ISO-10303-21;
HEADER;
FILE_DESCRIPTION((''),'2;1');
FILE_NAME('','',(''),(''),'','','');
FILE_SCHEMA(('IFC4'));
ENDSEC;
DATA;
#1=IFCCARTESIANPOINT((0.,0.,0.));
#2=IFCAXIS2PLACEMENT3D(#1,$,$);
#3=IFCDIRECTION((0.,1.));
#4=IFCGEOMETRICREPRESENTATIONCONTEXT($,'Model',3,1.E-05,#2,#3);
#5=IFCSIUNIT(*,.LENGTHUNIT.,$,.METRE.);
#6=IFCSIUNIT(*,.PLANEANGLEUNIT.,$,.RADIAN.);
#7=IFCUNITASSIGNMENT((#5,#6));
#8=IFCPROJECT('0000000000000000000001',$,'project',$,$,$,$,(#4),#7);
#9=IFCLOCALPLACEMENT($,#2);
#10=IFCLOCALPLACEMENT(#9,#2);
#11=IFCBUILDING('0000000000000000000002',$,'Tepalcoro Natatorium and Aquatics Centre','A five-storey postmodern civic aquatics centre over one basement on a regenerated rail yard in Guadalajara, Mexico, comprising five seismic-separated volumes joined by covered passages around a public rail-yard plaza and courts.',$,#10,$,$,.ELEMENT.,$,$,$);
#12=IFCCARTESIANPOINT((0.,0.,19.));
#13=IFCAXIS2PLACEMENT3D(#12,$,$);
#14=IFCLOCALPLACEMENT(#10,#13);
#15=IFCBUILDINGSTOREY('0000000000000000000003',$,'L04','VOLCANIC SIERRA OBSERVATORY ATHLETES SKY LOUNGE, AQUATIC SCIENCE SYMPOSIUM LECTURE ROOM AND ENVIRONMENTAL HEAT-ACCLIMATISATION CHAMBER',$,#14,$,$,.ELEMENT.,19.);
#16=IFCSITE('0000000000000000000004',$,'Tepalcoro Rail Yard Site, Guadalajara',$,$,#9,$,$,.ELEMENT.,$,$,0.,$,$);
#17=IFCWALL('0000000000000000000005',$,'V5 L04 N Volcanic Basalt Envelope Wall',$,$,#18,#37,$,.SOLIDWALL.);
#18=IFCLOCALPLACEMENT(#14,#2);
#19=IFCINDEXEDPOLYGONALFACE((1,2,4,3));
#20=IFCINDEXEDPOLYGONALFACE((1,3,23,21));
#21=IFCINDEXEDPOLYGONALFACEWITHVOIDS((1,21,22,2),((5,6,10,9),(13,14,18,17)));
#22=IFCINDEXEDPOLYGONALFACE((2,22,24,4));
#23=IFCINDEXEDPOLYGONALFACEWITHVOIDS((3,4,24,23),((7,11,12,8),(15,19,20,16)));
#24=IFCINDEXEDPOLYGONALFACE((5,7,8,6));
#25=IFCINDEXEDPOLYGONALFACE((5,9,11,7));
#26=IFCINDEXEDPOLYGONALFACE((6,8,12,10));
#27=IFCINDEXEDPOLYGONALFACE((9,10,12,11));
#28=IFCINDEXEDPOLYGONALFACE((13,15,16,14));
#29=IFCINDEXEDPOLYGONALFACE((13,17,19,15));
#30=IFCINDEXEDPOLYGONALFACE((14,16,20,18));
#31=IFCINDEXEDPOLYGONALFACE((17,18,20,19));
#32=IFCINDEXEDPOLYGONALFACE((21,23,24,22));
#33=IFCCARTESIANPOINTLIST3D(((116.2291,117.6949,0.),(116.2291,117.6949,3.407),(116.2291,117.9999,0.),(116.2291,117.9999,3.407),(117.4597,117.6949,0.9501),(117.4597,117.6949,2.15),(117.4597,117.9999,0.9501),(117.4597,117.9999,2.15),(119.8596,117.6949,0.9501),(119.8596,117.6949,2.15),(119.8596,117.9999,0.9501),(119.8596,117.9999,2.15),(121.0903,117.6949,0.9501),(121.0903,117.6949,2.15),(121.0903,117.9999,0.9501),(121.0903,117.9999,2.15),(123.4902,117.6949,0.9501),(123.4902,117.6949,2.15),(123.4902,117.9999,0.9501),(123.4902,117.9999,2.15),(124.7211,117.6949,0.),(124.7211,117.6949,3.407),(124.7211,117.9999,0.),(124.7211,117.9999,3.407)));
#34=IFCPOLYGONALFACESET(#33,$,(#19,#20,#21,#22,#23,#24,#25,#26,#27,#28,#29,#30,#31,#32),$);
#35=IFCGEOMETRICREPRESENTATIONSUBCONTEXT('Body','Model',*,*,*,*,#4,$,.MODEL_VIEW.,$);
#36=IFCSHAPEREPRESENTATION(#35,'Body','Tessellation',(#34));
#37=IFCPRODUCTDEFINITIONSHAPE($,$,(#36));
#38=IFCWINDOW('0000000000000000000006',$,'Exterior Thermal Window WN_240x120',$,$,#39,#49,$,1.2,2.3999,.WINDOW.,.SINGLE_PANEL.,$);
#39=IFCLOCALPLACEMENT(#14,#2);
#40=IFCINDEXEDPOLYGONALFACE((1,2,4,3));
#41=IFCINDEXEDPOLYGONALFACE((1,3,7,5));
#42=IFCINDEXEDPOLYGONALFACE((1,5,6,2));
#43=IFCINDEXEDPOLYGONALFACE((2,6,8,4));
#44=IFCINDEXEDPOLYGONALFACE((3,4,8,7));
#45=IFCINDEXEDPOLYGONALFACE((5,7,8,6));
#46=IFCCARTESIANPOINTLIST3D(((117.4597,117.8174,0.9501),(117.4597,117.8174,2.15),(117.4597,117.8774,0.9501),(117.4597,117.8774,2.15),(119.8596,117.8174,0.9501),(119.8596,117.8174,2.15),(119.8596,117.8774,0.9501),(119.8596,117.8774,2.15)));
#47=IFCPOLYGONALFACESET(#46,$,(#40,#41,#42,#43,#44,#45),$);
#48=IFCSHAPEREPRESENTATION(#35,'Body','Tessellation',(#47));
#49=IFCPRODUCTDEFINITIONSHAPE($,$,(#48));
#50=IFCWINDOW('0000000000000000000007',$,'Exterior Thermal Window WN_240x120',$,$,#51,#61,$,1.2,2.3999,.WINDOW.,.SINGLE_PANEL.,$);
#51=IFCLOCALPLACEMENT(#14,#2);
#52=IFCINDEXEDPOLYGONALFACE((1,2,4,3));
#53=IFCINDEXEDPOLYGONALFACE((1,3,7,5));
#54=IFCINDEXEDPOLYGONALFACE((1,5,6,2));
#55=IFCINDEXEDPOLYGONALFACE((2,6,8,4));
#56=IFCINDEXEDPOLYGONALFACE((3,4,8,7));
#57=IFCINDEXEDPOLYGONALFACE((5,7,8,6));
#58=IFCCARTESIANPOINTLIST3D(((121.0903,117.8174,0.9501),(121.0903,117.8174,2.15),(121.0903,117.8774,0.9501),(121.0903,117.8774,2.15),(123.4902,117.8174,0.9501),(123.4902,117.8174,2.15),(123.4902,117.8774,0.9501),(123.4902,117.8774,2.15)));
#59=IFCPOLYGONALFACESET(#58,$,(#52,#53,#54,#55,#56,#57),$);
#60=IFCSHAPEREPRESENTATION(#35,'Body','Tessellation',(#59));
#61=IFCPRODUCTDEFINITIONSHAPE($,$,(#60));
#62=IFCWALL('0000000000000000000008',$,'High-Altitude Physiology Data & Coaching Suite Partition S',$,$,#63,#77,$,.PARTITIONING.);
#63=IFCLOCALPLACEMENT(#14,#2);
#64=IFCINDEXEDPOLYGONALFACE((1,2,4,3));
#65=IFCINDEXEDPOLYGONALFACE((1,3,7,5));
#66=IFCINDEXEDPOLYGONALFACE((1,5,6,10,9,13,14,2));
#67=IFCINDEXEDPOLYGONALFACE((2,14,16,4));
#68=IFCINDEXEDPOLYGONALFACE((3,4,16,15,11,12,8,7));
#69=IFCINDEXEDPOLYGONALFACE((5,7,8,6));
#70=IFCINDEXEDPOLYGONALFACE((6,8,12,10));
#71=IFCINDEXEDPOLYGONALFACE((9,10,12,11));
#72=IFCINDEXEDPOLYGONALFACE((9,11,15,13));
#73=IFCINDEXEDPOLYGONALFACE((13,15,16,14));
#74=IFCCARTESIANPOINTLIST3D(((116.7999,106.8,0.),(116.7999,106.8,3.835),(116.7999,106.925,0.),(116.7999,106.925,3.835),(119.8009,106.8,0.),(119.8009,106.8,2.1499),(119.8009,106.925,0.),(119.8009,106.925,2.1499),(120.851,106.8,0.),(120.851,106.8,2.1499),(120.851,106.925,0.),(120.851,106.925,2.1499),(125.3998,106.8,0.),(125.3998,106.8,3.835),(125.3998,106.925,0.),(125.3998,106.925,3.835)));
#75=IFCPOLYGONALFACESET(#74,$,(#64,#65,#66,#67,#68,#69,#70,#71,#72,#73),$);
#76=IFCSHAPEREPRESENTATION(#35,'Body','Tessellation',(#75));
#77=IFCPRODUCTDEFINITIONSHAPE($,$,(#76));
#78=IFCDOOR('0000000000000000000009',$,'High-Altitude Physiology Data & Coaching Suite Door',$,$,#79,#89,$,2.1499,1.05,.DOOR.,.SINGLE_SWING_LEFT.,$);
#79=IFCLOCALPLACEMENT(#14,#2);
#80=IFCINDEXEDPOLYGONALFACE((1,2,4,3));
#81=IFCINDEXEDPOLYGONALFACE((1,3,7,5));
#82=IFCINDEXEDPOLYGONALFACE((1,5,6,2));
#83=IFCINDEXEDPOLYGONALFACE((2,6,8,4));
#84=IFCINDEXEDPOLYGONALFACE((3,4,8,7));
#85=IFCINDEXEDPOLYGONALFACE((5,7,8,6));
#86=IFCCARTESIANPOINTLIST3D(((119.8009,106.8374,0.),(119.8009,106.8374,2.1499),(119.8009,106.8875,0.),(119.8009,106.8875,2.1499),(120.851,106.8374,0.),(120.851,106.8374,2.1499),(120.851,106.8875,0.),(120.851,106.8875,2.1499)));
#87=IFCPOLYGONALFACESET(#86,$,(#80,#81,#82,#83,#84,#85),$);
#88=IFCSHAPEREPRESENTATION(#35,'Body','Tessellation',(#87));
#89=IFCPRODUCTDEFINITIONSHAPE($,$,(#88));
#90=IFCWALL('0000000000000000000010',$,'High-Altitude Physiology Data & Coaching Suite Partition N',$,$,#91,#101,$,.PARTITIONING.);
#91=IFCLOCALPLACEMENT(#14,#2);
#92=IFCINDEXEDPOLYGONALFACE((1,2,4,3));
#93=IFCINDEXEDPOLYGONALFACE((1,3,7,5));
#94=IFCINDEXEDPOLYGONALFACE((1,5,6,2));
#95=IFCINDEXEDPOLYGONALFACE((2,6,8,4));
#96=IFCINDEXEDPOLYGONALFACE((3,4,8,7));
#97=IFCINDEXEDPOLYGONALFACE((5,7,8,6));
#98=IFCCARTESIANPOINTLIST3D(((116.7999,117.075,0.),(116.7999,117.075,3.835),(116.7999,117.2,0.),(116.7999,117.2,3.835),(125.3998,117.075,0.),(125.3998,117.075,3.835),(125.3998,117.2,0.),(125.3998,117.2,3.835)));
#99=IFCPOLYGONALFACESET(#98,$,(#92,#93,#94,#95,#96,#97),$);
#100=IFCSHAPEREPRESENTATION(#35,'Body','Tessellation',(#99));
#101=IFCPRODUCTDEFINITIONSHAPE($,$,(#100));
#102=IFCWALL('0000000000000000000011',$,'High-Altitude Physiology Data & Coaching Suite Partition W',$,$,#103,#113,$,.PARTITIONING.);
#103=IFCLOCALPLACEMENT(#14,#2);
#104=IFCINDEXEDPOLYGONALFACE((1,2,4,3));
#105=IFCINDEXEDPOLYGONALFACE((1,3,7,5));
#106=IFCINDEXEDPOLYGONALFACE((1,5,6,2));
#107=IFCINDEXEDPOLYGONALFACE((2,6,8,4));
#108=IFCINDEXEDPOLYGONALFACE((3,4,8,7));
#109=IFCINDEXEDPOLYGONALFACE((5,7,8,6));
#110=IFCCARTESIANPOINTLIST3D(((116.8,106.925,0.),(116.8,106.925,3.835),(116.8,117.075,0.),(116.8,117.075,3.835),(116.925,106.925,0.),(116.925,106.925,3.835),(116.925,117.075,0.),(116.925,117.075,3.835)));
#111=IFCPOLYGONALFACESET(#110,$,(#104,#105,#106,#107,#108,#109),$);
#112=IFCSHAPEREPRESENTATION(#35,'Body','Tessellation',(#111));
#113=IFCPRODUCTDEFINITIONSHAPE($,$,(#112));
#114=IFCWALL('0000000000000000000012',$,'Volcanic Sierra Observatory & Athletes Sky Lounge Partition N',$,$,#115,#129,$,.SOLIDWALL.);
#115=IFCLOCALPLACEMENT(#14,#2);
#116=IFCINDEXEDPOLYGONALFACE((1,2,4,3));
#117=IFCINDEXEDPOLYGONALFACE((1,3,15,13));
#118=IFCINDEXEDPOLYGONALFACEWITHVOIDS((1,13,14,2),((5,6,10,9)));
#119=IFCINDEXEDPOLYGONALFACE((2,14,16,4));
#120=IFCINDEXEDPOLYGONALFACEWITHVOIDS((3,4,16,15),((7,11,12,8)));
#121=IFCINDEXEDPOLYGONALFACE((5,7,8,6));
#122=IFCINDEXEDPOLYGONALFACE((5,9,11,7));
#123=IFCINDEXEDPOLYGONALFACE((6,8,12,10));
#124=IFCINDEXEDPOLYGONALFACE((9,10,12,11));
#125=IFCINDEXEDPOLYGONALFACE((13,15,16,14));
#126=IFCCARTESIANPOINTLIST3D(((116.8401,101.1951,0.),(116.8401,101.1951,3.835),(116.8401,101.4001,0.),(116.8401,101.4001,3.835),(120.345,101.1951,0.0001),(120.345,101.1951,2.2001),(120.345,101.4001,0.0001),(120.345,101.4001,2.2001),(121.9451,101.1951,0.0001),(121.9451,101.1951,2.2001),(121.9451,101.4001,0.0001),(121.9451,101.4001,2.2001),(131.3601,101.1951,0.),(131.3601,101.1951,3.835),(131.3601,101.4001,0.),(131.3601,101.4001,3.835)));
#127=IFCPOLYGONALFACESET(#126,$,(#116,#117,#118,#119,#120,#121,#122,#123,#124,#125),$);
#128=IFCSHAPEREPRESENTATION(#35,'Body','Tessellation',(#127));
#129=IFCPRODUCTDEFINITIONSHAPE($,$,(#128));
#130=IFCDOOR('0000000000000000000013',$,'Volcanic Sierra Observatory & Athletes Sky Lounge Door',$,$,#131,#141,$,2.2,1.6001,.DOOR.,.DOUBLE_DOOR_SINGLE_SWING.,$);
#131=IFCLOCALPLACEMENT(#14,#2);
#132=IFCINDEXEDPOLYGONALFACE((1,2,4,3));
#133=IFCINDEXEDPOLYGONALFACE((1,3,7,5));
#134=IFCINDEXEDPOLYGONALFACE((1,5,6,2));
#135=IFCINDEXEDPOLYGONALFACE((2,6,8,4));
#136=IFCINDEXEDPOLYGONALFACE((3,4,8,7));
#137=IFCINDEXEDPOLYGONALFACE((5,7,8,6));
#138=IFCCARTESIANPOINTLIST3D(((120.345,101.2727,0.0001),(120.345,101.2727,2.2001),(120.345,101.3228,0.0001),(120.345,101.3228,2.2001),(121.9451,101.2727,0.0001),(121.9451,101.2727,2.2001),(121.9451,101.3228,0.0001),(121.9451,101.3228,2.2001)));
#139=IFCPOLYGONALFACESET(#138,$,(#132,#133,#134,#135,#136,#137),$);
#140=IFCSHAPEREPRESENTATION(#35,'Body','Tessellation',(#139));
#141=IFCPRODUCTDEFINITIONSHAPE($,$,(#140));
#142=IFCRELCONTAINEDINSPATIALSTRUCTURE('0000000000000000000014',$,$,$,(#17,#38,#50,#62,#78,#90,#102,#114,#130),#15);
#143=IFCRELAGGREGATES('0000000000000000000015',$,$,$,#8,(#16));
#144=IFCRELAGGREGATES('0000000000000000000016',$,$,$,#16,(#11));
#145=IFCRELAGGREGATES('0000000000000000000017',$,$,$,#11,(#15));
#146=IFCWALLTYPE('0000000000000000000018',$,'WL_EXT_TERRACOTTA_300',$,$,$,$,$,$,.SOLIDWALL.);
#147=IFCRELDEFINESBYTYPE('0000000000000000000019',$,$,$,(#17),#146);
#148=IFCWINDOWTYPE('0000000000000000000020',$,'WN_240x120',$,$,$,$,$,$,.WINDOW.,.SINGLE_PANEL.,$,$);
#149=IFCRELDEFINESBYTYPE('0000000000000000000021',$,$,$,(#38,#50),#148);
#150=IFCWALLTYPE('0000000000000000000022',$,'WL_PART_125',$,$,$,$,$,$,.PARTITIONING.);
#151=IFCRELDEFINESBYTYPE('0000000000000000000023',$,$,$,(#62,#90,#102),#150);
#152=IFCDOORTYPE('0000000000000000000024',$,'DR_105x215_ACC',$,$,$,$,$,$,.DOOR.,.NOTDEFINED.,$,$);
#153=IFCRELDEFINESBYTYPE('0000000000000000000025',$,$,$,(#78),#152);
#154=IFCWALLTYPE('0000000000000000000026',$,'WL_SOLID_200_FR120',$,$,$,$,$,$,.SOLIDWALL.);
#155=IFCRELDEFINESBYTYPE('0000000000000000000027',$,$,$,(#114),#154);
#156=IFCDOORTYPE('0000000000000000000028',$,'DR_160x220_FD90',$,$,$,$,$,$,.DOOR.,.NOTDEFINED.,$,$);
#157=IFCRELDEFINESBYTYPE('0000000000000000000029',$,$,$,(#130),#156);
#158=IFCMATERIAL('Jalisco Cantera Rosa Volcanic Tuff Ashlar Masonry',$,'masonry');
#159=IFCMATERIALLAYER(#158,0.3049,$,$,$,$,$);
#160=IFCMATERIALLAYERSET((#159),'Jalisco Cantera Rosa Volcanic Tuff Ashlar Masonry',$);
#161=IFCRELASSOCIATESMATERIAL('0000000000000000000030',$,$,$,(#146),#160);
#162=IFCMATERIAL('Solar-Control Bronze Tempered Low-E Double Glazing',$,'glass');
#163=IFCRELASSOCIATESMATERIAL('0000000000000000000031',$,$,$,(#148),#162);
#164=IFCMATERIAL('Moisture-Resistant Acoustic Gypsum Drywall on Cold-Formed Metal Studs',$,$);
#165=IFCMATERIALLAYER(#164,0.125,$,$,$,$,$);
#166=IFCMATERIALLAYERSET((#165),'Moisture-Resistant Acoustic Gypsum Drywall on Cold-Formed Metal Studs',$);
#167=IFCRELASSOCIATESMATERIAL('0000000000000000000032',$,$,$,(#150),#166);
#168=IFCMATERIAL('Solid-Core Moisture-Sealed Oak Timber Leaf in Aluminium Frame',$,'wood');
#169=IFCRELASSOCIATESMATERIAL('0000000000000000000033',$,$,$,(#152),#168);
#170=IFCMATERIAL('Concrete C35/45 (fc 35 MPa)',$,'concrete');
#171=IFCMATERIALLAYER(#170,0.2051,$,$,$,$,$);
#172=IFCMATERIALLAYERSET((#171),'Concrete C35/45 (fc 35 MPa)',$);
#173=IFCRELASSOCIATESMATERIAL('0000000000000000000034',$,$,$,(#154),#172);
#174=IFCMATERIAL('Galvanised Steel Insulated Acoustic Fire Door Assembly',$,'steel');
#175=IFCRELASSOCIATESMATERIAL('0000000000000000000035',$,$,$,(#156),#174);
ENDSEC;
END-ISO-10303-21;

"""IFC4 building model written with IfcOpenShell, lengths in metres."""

from ifc_helpers import new_model, si_unit, direction, frame, frame_2d, origin, place, context, subcontext, project, spatial, rectangle, extrude, material, layer, layer_set, type_object, element, fill, save


model = new_model("IFC4")

# Units and contexts
model_context = context("Model", 3, precision=1e-05, world=origin(), true_north=direction((0.0, 1.0)))
body_context = subcontext(model_context, "Body", "Model", "MODEL_VIEW")
ifc_project = project(units=[si_unit("LENGTHUNIT", "METRE"), si_unit("PLANEANGLEUNIT", "RADIAN")], contexts=[model_context])

# Site, building, storey
site_placement = place(None, origin())
site = spatial("IfcSite", under=ifc_project, at=site_placement, Name="Tepalcoro Rail Yard Site, Guadalajara", CompositionType="ELEMENT", RefElevation=0.0)
building_placement = place(site_placement, origin())
building = spatial("IfcBuilding", under=site, at=building_placement, Name="Tepalcoro Natatorium and Aquatics Centre", Description="A five-storey postmodern civic aquatics centre over one basement on a regenerated rail yard in Guadalajara, Mexico, comprising five seismic-separated volumes joined by covered passages around a public rail-yard plaza and courts.", CompositionType="ELEMENT")
storey_placement = place(building_placement, frame((0.0, 0.0, 19.0)))
storey = spatial("IfcBuildingStorey", under=building, at=storey_placement, Name="L04", Description="VOLCANIC SIERRA OBSERVATORY ATHLETES SKY LOUNGE, AQUATIC SCIENCE SYMPOSIUM LECTURE ROOM AND ENVIRONMENTAL HEAT-ACCLIMATISATION CHAMBER", CompositionType="ELEMENT", Elevation=19.0)

# Shared definitions
ifc_material_1 = material(Name="Solar-Control Bronze Tempered Low-E Double Glazing", Category="glass")
ifc_material_2 = material(Name="Jalisco Cantera Rosa Volcanic Tuff Ashlar Masonry", Category="masonry")

# Wall, openings, windows
ifc_layer_1 = layer(ifc_material_2, 0.3049)
ifc_layer_set_1 = layer_set([ifc_layer_1], Name="Jalisco Cantera Rosa Volcanic Tuff Ashlar Masonry")
wall_type_1 = type_object("IfcWallType", Name="WL_EXT_TERRACOTTA_300", PredefinedType="SOLIDWALL", material=ifc_layer_set_1)
wall_1_placement = place(storey_placement, frame((116.229, 117.8474, 0.0), z_axis=(0.0, 0.0, 1.0), x_axis=(1.0, 0.0, 0.0)))
wall_1 = element("IfcWall", 1, at=wall_1_placement, inside=storey, type_object=wall_type_1, Name="V5 L04 N Volcanic Basalt Envelope Wall", PredefinedType="SOLIDWALL", context=body_context, shape_type="SweptSolid", body=[
    extrude(rectangle(XDim=8.4919, YDim=0.3049, at=frame_2d((4.2461, 0.0))), origin(), (0.0, 0.0, 1.0), 3.407),
])
opening_1_placement = place(wall_1_placement, frame((1.2307, 0.0, 0.95)))
opening_1 = element("IfcOpeningElement", 2, at=opening_1_placement, cuts=wall_1, PredefinedType="OPENING", context=body_context, shape_type="SweptSolid", body=[
    extrude(rectangle(XDim=2.3999, YDim=1.2, at=frame_2d((1.2, 0.6001))), frame((0.0, 0.1646, 0.0), z_axis=(0.0, -1.0, 0.0), x_axis=(1.0, 0.0, 0.0)), (0.0, 0.0, 1.0), 0.3289),
])
opening_2_placement = place(wall_1_placement, frame((4.8613, 0.0, 0.95)))
opening_2 = element("IfcOpeningElement", 3, at=opening_2_placement, cuts=wall_1, PredefinedType="OPENING", context=body_context, shape_type="SweptSolid", body=[
    extrude(rectangle(XDim=2.3999, YDim=1.2, at=frame_2d((1.2, 0.6001))), frame((0.0, 0.1646, 0.0), z_axis=(0.0, -1.0, 0.0), x_axis=(1.0, 0.0, 0.0)), (0.0, 0.0, 1.0), 0.3289),
])
window_type = type_object("IfcWindowType", Name="WN_240x120", PartitioningType="SINGLE_PANEL", PredefinedType="WINDOW", material=ifc_material_1)
window_1_placement = place(opening_1_placement, origin())
window_1 = element("IfcWindow", 4, at=window_1_placement, inside=storey, type_object=window_type, Name="Exterior Thermal Window WN_240x120", OverallHeight=1.2, OverallWidth=2.3999, PartitioningType="SINGLE_PANEL", PredefinedType="WINDOW", context=body_context, shape_type="SweptSolid", body=[
    extrude(rectangle(XDim=2.3999, YDim=1.2, at=frame_2d((1.2, 0.6001))), frame((0.0, 0.03, 0.0), z_axis=(0.0, -1.0, 0.0), x_axis=(1.0, 0.0, 0.0)), (0.0, 0.0, 1.0), 0.0601),
])
fill(opening_1, window_1)
window_2_placement = place(opening_2_placement, origin())
window_2 = element("IfcWindow", 5, at=window_2_placement, inside=storey, type_object=window_type, Name="Exterior Thermal Window WN_240x120", OverallHeight=1.2, OverallWidth=2.3999, PartitioningType="SINGLE_PANEL", PredefinedType="WINDOW", context=body_context, shape_type="SweptSolid", body=[
    extrude(rectangle(XDim=2.3999, YDim=1.2, at=frame_2d((1.2, 0.6001))), frame((0.0, 0.03, 0.0), z_axis=(0.0, -1.0, 0.0), x_axis=(1.0, 0.0, 0.0)), (0.0, 0.0, 1.0), 0.0601),
])
fill(opening_2, window_2)

# Wall, opening, door
ifc_material_3 = material(Name="Moisture-Resistant Acoustic Gypsum Drywall on Cold-Formed Metal Studs")
ifc_layer_2 = layer(ifc_material_3, 0.125)
ifc_layer_set_2 = layer_set([ifc_layer_2], Name="Moisture-Resistant Acoustic Gypsum Drywall on Cold-Formed Metal Studs")
wall_type_2 = type_object("IfcWallType", Name="WL_PART_125", PredefinedType="PARTITIONING", material=ifc_layer_set_2)
wall_2_placement = place(storey_placement, frame((116.8, 106.8625, 0.0), z_axis=(0.0, 0.0, 1.0), x_axis=(1.0, 0.0, 0.0)))
wall_2 = element("IfcWall", 6, at=wall_2_placement, inside=storey, type_object=wall_type_2, Name="High-Altitude Physiology Data & Coaching Suite Partition S", PredefinedType="PARTITIONING", context=body_context, shape_type="SweptSolid", body=[
    extrude(rectangle(XDim=8.5999, YDim=0.125, at=frame_2d((4.2998, 0.0))), origin(), (0.0, 0.0, 1.0), 3.835),
])
opening_3_placement = place(wall_2_placement, frame((3.001, 0.0, 0.0)))
opening_3 = element("IfcOpeningElement", 7, at=opening_3_placement, cuts=wall_2, PredefinedType="OPENING", context=body_context, shape_type="SweptSolid", body=[
    extrude(rectangle(XDim=1.05, YDim=2.1499, at=frame_2d((0.5249, 1.075))), frame((0.0, 0.0745, 0.0), z_axis=(0.0, -1.0, 0.0), x_axis=(1.0, 0.0, 0.0)), (0.0, 0.0, 1.0), 0.1489),
])
ifc_material_4 = material(Name="Solid-Core Moisture-Sealed Oak Timber Leaf in Aluminium Frame", Category="wood")
door_type_1 = type_object("IfcDoorType", Name="DR_105x215_ACC", OperationType="NOTDEFINED", PredefinedType="DOOR", material=ifc_material_4)
door_1_placement = place(opening_3_placement, origin())
door_1 = element("IfcDoor", 8, at=door_1_placement, inside=storey, type_object=door_type_1, Name="High-Altitude Physiology Data & Coaching Suite Door", OperationType="SINGLE_SWING_LEFT", OverallHeight=2.1499, OverallWidth=1.05, PredefinedType="DOOR", context=body_context, shape_type="SweptSolid", body=[
    extrude(rectangle(XDim=1.05, YDim=2.1499, at=frame_2d((0.5249, 1.075))), frame((0.0, 0.0249, 0.0), z_axis=(0.0, -1.0, 0.0), x_axis=(1.0, 0.0, 0.0)), (0.0, 0.0, 1.0), 0.05),
])
fill(opening_3, door_1)

# Walls
wall_3_placement = place(storey_placement, frame((116.8, 117.1375, 0.0), z_axis=(0.0, 0.0, 1.0), x_axis=(1.0, 0.0, 0.0)))
element("IfcWall", 9, at=wall_3_placement, inside=storey, type_object=wall_type_2, Name="High-Altitude Physiology Data & Coaching Suite Partition N", PredefinedType="PARTITIONING", context=body_context, shape_type="SweptSolid", body=[
    extrude(rectangle(XDim=8.5999, YDim=0.125, at=frame_2d((4.2998, 0.0))), origin(), (0.0, 0.0, 1.0), 3.835),
])
wall_4_placement = place(storey_placement, frame((116.8625, 106.925, 0.0), z_axis=(0.0, 0.0, 1.0), x_axis=(0.0, 1.0, 0.0)))
element("IfcWall", 10, at=wall_4_placement, inside=storey, type_object=wall_type_2, Name="High-Altitude Physiology Data & Coaching Suite Partition W", PredefinedType="PARTITIONING", context=body_context, shape_type="SweptSolid", body=[
    extrude(rectangle(XDim=10.1499, YDim=0.125, at=frame_2d((5.075, 0.0))), origin(), (0.0, 0.0, 1.0), 3.835),
])

# Wall, opening, door
ifc_material_5 = material(Name="Concrete C35/45 (fc 35 MPa)", Category="concrete")
ifc_layer_3 = layer(ifc_material_5, 0.2051)
ifc_layer_set_3 = layer_set([ifc_layer_3], Name="Concrete C35/45 (fc 35 MPa)")
wall_type_3 = type_object("IfcWallType", Name="WL_SOLID_200_FR120", PredefinedType="SOLIDWALL", material=ifc_layer_set_3)
wall_5_placement = place(storey_placement, frame((116.8401, 101.2976, 0.0), z_axis=(0.0, 0.0, 1.0), x_axis=(1.0, 0.0, 0.0)))
wall_5 = element("IfcWall", 11, at=wall_5_placement, inside=storey, type_object=wall_type_3, Name="Volcanic Sierra Observatory & Athletes Sky Lounge Partition N", PredefinedType="SOLIDWALL", context=body_context, shape_type="SweptSolid", body=[
    extrude(rectangle(XDim=14.52, YDim=0.2051, at=frame_2d((7.26, 0.0))), origin(), (0.0, 0.0, 1.0), 3.835),
])
opening_4_placement = place(wall_5_placement, frame((3.5049, 0.0, 0.0)))
opening_4 = element("IfcOpeningElement", 12, at=opening_4_placement, cuts=wall_5, PredefinedType="OPENING", context=body_context, shape_type="SweptSolid", body=[
    extrude(rectangle(XDim=1.6001, YDim=2.2, at=frame_2d((0.8, 1.1001))), frame((0.0, 0.1145, 0.0), z_axis=(0.0, -1.0, 0.0), x_axis=(1.0, 0.0, 0.0)), (0.0, 0.0, 1.0), 0.229),
])
ifc_material_6 = material(Name="Galvanised Steel Insulated Acoustic Fire Door Assembly", Category="steel")
door_type_2 = type_object("IfcDoorType", Name="DR_160x220_FD90", OperationType="NOTDEFINED", PredefinedType="DOOR", material=ifc_material_6)
door_2_placement = place(opening_4_placement, frame((1.6001, 0.0, 0.0), z_axis=(0.0, 0.0, 1.0), x_axis=(-1.0, 0.0, 0.0)))
door_2 = element("IfcDoor", 13, at=door_2_placement, inside=storey, type_object=door_type_2, Name="Volcanic Sierra Observatory & Athletes Sky Lounge Door", OperationType="DOUBLE_DOOR_SINGLE_SWING", OverallHeight=2.2, OverallWidth=1.6001, PredefinedType="DOOR", context=body_context, shape_type="SweptSolid", body=[
    extrude(rectangle(XDim=1.6001, YDim=2.2, at=frame_2d((0.8, 1.1001))), frame((0.0, 0.0249, 0.0), z_axis=(0.0, -1.0, 0.0), x_axis=(1.0, 0.0, 0.0)), (0.0, 0.0, 1.0), 0.05),
])
fill(opening_4, door_2)

save(model, "model.ifc")
